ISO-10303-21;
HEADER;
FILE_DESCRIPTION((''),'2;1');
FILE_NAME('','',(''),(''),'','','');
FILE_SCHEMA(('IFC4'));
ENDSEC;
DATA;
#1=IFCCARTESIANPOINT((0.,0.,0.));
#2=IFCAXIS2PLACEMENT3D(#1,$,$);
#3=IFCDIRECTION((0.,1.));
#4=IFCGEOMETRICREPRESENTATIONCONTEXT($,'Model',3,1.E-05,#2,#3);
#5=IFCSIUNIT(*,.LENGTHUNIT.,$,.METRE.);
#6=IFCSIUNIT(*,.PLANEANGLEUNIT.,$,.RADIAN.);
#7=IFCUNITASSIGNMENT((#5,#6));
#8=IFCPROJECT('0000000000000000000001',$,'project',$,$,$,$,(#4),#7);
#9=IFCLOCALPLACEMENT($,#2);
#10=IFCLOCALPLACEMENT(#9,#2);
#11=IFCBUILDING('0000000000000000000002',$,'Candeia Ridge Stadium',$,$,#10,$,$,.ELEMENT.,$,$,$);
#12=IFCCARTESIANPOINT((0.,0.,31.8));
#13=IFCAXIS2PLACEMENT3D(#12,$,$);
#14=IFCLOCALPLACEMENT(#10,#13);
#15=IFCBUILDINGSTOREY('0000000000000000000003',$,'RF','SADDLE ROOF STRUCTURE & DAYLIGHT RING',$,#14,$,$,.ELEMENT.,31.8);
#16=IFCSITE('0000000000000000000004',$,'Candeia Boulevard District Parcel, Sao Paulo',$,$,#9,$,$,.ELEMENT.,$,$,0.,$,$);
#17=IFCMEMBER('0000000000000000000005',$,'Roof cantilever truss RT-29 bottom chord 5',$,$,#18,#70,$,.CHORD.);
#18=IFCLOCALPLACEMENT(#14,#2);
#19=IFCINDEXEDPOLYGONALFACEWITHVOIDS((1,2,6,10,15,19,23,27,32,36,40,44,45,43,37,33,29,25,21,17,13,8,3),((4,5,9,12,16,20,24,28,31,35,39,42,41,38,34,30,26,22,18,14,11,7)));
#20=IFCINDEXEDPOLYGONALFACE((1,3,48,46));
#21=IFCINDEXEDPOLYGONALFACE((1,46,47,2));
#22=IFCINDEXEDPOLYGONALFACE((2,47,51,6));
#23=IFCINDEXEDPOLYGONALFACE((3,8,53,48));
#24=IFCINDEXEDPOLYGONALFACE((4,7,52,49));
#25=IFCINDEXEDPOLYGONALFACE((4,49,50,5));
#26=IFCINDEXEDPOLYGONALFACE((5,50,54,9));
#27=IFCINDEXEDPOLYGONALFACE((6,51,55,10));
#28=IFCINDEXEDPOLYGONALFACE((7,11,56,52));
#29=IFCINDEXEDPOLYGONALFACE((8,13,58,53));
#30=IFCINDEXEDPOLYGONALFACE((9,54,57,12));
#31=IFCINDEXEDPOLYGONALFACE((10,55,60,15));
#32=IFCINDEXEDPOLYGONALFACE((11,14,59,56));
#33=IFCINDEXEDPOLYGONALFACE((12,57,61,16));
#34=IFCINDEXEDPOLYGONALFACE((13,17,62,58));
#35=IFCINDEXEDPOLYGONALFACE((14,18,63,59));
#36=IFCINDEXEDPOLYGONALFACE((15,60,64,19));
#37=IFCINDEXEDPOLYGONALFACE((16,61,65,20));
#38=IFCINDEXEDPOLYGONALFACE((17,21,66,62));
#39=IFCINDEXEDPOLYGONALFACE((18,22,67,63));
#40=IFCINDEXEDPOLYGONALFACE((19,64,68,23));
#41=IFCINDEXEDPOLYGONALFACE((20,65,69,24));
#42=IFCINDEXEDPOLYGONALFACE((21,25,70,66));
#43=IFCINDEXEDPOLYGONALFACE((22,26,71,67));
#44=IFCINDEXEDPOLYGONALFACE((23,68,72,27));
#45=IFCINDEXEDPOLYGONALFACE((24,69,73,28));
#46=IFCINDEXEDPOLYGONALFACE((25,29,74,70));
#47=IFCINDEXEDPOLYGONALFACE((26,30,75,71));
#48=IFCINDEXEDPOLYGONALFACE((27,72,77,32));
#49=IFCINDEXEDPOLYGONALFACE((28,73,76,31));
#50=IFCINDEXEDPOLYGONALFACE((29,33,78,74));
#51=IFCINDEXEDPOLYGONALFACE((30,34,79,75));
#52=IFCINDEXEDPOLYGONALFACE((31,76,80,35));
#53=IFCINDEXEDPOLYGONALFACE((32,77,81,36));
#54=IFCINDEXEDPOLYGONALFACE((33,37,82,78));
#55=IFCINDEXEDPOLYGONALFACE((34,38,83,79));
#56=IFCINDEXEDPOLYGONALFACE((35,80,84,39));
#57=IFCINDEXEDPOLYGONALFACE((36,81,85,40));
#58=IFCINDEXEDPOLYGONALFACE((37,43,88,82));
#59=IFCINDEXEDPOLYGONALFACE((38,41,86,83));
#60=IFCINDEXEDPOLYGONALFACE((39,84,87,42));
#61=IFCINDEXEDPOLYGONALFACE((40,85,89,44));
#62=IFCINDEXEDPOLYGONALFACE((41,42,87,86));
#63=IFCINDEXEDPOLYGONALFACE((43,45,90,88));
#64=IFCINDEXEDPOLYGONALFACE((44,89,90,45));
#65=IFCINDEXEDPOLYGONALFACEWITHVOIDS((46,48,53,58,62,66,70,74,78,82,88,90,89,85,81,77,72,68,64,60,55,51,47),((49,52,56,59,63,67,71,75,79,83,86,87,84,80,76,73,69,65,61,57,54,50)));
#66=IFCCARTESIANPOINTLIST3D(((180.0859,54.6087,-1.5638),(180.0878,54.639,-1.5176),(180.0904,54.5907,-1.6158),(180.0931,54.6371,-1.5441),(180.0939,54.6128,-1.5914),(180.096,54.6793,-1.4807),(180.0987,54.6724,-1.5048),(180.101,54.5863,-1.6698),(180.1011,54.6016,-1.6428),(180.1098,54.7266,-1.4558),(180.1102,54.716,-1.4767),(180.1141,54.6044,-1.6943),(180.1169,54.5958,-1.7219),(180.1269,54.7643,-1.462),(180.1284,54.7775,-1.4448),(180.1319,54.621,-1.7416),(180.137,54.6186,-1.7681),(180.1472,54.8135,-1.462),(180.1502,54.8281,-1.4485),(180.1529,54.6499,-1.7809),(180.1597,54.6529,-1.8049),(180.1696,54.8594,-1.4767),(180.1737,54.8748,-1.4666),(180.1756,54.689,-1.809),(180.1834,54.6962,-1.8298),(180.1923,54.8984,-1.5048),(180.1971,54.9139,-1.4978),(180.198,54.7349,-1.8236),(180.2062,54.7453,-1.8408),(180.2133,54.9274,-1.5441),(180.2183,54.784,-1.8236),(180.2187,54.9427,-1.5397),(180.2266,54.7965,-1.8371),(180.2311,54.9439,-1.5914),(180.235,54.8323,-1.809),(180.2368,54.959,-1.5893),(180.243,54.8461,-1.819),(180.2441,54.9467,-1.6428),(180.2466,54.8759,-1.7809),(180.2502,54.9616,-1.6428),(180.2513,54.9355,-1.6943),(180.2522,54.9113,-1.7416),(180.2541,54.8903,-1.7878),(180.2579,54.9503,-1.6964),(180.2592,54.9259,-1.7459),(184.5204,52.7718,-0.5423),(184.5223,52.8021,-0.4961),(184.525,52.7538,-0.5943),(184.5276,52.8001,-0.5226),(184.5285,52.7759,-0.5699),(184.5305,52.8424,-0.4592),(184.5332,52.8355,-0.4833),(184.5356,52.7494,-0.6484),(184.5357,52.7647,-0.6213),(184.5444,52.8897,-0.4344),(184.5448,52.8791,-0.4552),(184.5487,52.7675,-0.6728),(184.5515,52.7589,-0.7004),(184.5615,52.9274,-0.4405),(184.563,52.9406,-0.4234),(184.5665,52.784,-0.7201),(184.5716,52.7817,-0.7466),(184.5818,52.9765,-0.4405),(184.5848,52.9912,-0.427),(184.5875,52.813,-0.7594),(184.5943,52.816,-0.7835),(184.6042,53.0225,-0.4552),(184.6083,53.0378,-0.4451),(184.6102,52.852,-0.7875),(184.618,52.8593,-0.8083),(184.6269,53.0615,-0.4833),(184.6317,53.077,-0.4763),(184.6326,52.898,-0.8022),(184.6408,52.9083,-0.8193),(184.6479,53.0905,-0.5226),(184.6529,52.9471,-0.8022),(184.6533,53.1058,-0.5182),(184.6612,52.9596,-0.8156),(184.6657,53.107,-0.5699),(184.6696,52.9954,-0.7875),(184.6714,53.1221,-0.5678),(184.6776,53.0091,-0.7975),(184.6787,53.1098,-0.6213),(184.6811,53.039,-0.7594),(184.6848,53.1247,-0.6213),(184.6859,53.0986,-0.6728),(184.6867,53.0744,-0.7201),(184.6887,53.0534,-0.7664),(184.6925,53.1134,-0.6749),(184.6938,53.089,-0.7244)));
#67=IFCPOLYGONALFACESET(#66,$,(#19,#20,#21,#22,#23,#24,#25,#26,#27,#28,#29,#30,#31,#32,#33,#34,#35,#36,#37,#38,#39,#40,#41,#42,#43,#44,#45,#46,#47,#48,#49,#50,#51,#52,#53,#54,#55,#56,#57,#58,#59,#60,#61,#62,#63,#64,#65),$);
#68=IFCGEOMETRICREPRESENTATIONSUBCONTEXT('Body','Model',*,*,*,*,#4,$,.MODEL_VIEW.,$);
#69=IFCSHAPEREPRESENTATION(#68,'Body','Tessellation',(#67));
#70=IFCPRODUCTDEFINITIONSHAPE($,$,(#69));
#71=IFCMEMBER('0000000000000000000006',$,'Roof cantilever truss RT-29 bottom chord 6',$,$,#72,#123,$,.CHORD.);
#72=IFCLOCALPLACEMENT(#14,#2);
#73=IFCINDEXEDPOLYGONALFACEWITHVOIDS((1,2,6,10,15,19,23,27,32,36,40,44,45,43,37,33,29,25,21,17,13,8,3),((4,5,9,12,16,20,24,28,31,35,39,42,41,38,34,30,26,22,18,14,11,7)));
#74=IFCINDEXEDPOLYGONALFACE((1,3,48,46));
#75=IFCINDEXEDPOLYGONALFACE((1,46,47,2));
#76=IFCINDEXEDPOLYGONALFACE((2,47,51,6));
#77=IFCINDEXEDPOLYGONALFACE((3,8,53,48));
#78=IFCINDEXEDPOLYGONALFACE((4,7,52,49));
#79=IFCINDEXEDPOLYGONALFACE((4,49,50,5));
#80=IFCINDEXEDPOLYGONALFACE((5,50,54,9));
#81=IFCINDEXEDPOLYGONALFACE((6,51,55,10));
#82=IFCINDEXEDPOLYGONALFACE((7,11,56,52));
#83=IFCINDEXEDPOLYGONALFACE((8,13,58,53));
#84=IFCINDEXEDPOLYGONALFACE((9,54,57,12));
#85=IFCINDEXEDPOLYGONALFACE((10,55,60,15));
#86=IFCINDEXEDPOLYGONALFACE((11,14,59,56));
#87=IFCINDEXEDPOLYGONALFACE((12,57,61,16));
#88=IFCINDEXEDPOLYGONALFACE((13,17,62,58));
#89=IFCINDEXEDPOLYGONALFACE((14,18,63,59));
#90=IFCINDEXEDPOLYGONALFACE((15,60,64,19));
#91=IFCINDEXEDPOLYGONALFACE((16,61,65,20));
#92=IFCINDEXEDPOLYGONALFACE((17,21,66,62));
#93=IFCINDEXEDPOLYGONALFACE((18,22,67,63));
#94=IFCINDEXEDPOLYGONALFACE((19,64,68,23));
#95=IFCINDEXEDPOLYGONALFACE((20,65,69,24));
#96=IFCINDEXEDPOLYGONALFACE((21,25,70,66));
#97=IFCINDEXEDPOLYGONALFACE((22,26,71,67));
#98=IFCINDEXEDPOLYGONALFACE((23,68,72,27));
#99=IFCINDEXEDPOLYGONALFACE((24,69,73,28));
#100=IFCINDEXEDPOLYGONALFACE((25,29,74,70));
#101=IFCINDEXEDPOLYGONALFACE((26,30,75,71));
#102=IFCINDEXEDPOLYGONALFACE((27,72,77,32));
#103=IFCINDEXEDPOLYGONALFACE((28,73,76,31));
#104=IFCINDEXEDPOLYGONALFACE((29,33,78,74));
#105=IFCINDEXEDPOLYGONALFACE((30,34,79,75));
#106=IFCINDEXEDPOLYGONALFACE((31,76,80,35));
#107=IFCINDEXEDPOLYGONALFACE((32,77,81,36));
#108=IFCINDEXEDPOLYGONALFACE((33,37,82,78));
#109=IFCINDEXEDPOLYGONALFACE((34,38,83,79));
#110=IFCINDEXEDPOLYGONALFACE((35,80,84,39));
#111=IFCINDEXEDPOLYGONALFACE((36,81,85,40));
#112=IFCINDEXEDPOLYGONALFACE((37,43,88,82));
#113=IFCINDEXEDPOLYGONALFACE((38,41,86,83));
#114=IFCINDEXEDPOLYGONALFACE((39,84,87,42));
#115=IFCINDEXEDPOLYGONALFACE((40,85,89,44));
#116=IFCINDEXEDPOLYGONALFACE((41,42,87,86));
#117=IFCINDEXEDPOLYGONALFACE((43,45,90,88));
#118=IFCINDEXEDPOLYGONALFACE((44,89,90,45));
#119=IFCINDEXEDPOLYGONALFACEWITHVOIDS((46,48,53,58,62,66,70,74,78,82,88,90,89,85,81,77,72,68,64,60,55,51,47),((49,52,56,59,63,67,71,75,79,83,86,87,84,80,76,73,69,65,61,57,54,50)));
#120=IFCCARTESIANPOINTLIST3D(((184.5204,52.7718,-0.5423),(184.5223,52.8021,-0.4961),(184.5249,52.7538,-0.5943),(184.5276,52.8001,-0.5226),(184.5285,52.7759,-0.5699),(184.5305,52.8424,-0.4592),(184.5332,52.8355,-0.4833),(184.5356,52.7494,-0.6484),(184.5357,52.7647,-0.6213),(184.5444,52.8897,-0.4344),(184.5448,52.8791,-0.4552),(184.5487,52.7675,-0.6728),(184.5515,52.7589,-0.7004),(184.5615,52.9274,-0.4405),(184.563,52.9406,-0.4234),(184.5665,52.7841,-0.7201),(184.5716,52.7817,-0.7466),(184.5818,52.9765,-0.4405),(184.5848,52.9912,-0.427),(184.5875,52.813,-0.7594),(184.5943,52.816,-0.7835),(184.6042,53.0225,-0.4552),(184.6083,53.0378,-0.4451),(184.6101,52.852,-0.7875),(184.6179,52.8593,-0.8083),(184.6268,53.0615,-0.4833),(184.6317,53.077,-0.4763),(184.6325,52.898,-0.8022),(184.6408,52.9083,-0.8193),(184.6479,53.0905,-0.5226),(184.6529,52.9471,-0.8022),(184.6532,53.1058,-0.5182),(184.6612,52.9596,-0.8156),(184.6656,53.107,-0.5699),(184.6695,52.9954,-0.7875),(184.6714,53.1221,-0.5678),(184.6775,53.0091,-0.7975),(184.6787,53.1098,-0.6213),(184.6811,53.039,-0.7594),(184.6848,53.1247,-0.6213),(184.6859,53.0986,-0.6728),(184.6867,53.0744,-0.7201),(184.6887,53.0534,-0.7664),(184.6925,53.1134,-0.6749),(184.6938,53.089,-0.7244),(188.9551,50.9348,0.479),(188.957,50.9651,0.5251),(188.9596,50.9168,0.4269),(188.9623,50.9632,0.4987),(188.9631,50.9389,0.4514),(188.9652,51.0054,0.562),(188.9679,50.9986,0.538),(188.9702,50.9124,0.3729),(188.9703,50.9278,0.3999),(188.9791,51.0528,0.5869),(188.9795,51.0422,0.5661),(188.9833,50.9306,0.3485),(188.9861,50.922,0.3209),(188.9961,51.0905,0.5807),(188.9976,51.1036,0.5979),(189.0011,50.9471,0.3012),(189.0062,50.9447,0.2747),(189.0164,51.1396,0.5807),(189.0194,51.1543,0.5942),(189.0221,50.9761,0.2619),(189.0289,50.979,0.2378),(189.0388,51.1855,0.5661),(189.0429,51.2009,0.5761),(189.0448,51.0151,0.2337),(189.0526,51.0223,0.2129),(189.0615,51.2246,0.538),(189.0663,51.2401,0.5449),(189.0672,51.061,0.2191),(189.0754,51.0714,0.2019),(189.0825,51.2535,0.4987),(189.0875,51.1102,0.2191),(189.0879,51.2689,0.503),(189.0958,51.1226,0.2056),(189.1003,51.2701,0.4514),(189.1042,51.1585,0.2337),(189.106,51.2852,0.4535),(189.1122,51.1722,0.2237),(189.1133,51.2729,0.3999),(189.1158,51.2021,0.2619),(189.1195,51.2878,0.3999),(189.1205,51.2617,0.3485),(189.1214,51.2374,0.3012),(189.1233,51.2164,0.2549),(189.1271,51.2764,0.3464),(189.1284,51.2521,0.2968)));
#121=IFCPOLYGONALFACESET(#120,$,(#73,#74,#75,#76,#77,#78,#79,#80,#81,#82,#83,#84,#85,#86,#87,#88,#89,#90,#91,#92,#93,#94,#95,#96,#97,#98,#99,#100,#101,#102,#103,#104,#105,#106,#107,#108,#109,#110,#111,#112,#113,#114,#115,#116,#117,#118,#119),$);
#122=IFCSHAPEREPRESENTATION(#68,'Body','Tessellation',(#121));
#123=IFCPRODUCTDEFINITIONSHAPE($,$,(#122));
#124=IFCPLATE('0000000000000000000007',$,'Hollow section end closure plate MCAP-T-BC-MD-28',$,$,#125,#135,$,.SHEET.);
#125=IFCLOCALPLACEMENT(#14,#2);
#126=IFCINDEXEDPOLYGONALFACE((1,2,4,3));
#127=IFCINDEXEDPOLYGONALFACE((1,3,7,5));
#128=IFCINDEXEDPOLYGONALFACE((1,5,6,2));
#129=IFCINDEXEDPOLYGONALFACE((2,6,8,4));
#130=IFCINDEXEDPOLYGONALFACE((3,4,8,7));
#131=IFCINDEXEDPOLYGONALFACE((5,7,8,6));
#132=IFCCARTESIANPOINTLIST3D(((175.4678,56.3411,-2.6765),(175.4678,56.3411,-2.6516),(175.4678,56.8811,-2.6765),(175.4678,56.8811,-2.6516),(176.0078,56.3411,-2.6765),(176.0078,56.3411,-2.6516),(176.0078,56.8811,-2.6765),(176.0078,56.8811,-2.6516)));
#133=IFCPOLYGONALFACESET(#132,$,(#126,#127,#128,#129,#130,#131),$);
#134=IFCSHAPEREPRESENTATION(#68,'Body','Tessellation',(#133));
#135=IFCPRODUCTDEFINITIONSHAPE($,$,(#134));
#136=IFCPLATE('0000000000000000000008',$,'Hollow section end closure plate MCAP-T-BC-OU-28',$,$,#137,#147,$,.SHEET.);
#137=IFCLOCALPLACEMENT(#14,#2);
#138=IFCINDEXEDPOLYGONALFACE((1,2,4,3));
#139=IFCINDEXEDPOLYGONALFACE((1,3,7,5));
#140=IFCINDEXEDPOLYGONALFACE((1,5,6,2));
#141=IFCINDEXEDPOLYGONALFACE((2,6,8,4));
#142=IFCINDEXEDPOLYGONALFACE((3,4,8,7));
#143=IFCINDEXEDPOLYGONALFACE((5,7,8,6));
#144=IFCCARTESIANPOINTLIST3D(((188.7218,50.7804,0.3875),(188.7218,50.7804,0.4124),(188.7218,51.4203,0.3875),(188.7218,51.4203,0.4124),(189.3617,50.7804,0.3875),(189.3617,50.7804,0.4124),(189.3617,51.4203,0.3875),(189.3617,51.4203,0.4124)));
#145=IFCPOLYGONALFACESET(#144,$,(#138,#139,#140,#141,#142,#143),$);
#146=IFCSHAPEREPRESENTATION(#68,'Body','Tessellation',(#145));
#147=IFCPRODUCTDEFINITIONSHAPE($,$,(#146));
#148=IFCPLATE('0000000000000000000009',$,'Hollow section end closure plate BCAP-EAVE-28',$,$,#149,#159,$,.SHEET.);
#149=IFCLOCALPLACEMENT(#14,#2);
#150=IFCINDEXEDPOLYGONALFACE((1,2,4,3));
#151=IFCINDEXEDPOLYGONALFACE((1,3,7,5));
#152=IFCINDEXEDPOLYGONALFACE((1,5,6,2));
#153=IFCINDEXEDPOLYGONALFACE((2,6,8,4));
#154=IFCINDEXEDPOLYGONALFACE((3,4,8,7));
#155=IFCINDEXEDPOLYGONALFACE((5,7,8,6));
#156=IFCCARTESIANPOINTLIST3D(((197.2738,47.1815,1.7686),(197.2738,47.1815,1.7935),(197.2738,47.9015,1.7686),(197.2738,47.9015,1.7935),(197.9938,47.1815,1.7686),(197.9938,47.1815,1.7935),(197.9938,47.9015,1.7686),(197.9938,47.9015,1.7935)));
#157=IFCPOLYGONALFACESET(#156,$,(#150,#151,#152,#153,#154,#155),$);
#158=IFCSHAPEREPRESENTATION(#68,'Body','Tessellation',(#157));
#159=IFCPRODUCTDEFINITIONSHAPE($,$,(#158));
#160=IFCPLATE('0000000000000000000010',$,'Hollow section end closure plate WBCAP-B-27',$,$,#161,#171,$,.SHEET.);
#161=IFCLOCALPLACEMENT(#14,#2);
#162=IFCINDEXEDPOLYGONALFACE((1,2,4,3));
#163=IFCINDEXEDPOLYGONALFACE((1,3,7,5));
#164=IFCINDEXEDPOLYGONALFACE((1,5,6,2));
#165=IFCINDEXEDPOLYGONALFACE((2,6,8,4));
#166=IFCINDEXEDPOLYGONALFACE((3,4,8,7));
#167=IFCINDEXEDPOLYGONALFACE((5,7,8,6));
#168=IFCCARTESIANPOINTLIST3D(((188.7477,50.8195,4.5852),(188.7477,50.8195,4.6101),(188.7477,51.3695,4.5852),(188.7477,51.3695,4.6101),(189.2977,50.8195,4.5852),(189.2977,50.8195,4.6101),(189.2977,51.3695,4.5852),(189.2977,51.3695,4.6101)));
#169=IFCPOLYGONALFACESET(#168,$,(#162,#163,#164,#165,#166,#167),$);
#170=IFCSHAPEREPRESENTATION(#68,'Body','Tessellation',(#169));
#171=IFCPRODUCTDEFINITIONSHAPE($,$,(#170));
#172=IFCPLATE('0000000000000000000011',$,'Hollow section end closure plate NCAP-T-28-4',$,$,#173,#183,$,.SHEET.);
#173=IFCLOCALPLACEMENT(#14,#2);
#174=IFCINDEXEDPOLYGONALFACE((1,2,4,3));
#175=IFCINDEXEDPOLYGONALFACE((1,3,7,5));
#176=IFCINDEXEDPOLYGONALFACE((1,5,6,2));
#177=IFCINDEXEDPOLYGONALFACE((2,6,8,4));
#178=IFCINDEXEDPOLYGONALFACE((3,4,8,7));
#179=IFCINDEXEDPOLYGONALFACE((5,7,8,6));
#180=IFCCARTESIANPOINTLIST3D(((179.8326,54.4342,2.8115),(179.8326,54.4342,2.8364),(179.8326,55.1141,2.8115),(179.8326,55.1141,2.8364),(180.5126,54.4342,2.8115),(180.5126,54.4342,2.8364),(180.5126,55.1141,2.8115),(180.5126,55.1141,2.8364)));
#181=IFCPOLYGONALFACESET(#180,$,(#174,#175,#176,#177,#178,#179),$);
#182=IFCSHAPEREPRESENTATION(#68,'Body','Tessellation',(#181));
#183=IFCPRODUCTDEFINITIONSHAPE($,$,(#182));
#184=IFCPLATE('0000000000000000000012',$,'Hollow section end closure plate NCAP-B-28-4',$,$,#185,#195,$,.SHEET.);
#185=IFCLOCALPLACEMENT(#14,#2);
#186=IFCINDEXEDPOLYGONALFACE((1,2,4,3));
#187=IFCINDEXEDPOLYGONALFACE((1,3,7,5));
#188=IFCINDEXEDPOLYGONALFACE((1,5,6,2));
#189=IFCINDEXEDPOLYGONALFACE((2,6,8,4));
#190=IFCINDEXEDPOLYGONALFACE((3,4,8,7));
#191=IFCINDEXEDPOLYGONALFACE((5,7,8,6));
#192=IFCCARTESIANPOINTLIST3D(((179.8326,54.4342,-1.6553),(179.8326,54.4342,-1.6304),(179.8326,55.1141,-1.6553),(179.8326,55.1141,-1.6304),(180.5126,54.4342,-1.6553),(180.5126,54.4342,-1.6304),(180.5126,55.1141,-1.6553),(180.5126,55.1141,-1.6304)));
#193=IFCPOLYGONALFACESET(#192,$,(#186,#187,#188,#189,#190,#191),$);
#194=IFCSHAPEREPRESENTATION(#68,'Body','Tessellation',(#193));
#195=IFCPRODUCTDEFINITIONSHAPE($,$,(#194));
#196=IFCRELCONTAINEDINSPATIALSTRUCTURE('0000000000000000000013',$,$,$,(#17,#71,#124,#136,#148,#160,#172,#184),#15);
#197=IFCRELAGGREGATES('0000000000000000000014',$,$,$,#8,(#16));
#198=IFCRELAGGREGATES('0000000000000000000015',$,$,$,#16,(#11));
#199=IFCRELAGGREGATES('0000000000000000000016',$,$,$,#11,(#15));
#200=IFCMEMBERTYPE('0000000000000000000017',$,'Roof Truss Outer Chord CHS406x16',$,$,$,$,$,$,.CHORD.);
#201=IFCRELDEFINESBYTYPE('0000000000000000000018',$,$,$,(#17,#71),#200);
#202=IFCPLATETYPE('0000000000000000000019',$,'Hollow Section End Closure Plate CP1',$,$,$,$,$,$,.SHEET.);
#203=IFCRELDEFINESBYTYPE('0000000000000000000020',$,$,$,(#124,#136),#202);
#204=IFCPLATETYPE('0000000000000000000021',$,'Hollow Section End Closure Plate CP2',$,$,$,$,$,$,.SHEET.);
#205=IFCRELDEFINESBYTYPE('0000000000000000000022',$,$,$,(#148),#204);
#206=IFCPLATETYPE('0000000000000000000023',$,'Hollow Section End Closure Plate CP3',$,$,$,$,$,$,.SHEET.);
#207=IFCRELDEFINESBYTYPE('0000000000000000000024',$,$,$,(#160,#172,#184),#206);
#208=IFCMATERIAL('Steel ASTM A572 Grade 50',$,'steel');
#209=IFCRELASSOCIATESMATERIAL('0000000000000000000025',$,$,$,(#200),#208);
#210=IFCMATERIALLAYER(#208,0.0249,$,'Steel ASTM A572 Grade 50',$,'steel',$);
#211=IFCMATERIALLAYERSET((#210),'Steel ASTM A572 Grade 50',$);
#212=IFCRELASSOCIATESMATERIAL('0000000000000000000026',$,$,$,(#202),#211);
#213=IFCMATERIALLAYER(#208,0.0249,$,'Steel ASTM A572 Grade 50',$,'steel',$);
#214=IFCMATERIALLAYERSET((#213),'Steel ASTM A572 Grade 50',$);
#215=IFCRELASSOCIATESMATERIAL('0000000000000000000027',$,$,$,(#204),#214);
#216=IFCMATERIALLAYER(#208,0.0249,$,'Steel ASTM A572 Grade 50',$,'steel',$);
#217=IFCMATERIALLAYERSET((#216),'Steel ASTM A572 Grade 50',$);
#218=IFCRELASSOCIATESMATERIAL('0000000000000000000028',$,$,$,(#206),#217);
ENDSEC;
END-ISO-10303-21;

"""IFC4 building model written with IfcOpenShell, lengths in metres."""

from ifc_helpers import new_model, si_unit, direction, frame, origin, origin_2d, place, context, subcontext, project, spatial, rectangle, hollow_circle, extrude, material, layer, layer_set, material_profile, profile_set, type_object, element, save


model = new_model("IFC4")

# Units and contexts
model_context = context("Model", 3, precision=1e-05, world=origin(), true_north=direction((0.0, 1.0)))
body_context = subcontext(model_context, "Body", "Model", "MODEL_VIEW")
ifc_project = project(units=[si_unit("LENGTHUNIT", "METRE"), si_unit("PLANEANGLEUNIT", "RADIAN")], contexts=[model_context])

# Site, building, storey
site_placement = place(None, origin())
site = spatial("IfcSite", under=ifc_project, at=site_placement, Name="Candeia Boulevard District Parcel, Sao Paulo", CompositionType="ELEMENT", RefElevation=0.0)
building_placement = place(site_placement, origin())
building = spatial("IfcBuilding", under=site, at=building_placement, Name="Candeia Ridge Stadium", CompositionType="ELEMENT")
storey_placement = place(building_placement, frame((0.0, 0.0, 31.8)))
storey = spatial("IfcBuildingStorey", under=building, at=storey_placement, Name="RF", Description="SADDLE ROOF STRUCTURE & DAYLIGHT RING", CompositionType="ELEMENT", Elevation=31.8)

# Shared definitions
ifc_material = material(Name="Steel ASTM A572 Grade 50", Category="steel")

# Members
ifc_material_profile_1 = material_profile(ifc_material, hollow_circle(Radius=0.2029, WallThickness=0.0161, at=origin_2d()), Name="CHS406x16", Category="steel")
ifc_profile_set_1 = profile_set([ifc_material_profile_1], Name="Steel ASTM A572 Grade 50")
member_type_1 = type_object("IfcMemberType", Name="Roof Truss Outer Chord CHS406x16", PredefinedType="CHORD", material=ifc_profile_set_1)
for number, where, z_axis, x_axis, name in (
    (1, (180.1726, 54.7742, -1.6428), (0.90364, -0.374311, 0.20815), (0.382693, 0.923875, 0.0), "Roof cantilever truss RT-29 bottom chord 5"),
    (2, (184.6072, 52.9373, -0.6213), (0.903649, -0.374315, 0.208102), (0.382693, 0.923875, 0.0), "Roof cantilever truss RT-29 bottom chord 6"),
):
    element("IfcMember", number, at=place(storey_placement, frame(where, z_axis=z_axis, x_axis=x_axis)), inside=storey, type_object=member_type_1, Name=name, PredefinedType="CHORD", context=body_context, shape_type="SweptSolid", body=[
        extrude(hollow_circle(Radius=0.2029, WallThickness=0.0161, at=origin_2d()), origin(), (0.0, 0.0, 1.0), 4.9075),
    ])

# Plates
ifc_layer_1 = layer(ifc_material, 0.0249, Name="Steel ASTM A572 Grade 50", Category="steel")
ifc_layer_set_1 = layer_set([ifc_layer_1], Name="Steel ASTM A572 Grade 50")
plate_type_1 = type_object("IfcPlateType", Name="Hollow Section End Closure Plate CP1", PredefinedType="SHEET", material=ifc_layer_set_1)
plate_1_placement = place(storey_placement, frame((175.7378, 56.6111, -2.6765), z_axis=(0.0, 0.0, 1.0), x_axis=(1.0, 0.0, 0.0)))
element("IfcPlate", 3, at=plate_1_placement, inside=storey, type_object=plate_type_1, Name="Hollow section end closure plate MCAP-T-BC-MD-28", PredefinedType="SHEET", context=body_context, shape_type="SweptSolid", body=[
    extrude(rectangle(XDim=0.54, YDim=0.54, at=origin_2d()), origin(), (0.0, 0.0, 1.0), 0.0249),
])
plate_2_placement = place(storey_placement, frame((189.0417, 51.1003, 0.3875), z_axis=(0.0, 0.0, 1.0), x_axis=(1.0, 0.0, 0.0)))
element("IfcPlate", 4, at=plate_2_placement, inside=storey, type_object=plate_type_1, Name="Hollow section end closure plate MCAP-T-BC-OU-28", PredefinedType="SHEET", context=body_context, shape_type="SweptSolid", body=[
    extrude(rectangle(XDim=0.6399, YDim=0.6399, at=origin_2d()), origin(), (0.0, 0.0, 1.0), 0.0249),
])
ifc_layer_2 = layer(ifc_material, 0.0249, Name="Steel ASTM A572 Grade 50", Category="steel")
ifc_layer_set_2 = layer_set([ifc_layer_2], Name="Steel ASTM A572 Grade 50")
plate_type_2 = type_object("IfcPlateType", Name="Hollow Section End Closure Plate CP2", PredefinedType="SHEET", material=ifc_layer_set_2)
plate_3_placement = place(storey_placement, frame((197.6338, 47.5415, 1.7686), z_axis=(0.0, 0.0, 1.0), x_axis=(1.0, 0.0, 0.0)))
element("IfcPlate", 5, at=plate_3_placement, inside=storey, type_object=plate_type_2, Name="Hollow section end closure plate BCAP-EAVE-28", PredefinedType="SHEET", context=body_context, shape_type="SweptSolid", body=[
    extrude(rectangle(XDim=0.72, YDim=0.72, at=origin_2d()), origin(), (0.0, 0.0, 1.0), 0.0249),
])
ifc_layer_3 = layer(ifc_material, 0.0249, Name="Steel ASTM A572 Grade 50", Category="steel")
ifc_layer_set_3 = layer_set([ifc_layer_3], Name="Steel ASTM A572 Grade 50")
plate_type_3 = type_object("IfcPlateType", Name="Hollow Section End Closure Plate CP3", PredefinedType="SHEET", material=ifc_layer_set_3)
plate_4_placement = place(storey_placement, frame((189.0227, 51.0945, 4.5852), z_axis=(0.0, 0.0, 1.0), x_axis=(1.0, 0.0, 0.0)))
element("IfcPlate", 6, at=plate_4_placement, inside=storey, type_object=plate_type_3, Name="Hollow section end closure plate WBCAP-B-27", PredefinedType="SHEET", context=body_context, shape_type="SweptSolid", body=[
    extrude(rectangle(XDim=0.55, YDim=0.55, at=origin_2d()), origin(), (0.0, 0.0, 1.0), 0.0249),
])
for number, where, z_axis, x_axis, name in (
    (7, (180.1726, 54.7742, 2.8115), (0.0, 0.0, 1.0), (1.0, 0.0, 0.0), "Hollow section end closure plate NCAP-T-28-4"),
    (8, (180.1726, 54.7742, -1.6553), (0.0, 0.0, 1.0), (1.0, 0.0, 0.0), "Hollow section end closure plate NCAP-B-28-4"),
):
    element("IfcPlate", number, at=place(storey_placement, frame(where, z_axis=z_axis, x_axis=x_axis)), inside=storey, type_object=plate_type_3, Name=name, PredefinedType="SHEET", context=body_context, shape_type="SweptSolid", body=[
        extrude(rectangle(XDim=0.6799, YDim=0.6799, at=origin_2d()), origin(), (0.0, 0.0, 1.0), 0.0249),
    ])

save(model, "model.ifc")
